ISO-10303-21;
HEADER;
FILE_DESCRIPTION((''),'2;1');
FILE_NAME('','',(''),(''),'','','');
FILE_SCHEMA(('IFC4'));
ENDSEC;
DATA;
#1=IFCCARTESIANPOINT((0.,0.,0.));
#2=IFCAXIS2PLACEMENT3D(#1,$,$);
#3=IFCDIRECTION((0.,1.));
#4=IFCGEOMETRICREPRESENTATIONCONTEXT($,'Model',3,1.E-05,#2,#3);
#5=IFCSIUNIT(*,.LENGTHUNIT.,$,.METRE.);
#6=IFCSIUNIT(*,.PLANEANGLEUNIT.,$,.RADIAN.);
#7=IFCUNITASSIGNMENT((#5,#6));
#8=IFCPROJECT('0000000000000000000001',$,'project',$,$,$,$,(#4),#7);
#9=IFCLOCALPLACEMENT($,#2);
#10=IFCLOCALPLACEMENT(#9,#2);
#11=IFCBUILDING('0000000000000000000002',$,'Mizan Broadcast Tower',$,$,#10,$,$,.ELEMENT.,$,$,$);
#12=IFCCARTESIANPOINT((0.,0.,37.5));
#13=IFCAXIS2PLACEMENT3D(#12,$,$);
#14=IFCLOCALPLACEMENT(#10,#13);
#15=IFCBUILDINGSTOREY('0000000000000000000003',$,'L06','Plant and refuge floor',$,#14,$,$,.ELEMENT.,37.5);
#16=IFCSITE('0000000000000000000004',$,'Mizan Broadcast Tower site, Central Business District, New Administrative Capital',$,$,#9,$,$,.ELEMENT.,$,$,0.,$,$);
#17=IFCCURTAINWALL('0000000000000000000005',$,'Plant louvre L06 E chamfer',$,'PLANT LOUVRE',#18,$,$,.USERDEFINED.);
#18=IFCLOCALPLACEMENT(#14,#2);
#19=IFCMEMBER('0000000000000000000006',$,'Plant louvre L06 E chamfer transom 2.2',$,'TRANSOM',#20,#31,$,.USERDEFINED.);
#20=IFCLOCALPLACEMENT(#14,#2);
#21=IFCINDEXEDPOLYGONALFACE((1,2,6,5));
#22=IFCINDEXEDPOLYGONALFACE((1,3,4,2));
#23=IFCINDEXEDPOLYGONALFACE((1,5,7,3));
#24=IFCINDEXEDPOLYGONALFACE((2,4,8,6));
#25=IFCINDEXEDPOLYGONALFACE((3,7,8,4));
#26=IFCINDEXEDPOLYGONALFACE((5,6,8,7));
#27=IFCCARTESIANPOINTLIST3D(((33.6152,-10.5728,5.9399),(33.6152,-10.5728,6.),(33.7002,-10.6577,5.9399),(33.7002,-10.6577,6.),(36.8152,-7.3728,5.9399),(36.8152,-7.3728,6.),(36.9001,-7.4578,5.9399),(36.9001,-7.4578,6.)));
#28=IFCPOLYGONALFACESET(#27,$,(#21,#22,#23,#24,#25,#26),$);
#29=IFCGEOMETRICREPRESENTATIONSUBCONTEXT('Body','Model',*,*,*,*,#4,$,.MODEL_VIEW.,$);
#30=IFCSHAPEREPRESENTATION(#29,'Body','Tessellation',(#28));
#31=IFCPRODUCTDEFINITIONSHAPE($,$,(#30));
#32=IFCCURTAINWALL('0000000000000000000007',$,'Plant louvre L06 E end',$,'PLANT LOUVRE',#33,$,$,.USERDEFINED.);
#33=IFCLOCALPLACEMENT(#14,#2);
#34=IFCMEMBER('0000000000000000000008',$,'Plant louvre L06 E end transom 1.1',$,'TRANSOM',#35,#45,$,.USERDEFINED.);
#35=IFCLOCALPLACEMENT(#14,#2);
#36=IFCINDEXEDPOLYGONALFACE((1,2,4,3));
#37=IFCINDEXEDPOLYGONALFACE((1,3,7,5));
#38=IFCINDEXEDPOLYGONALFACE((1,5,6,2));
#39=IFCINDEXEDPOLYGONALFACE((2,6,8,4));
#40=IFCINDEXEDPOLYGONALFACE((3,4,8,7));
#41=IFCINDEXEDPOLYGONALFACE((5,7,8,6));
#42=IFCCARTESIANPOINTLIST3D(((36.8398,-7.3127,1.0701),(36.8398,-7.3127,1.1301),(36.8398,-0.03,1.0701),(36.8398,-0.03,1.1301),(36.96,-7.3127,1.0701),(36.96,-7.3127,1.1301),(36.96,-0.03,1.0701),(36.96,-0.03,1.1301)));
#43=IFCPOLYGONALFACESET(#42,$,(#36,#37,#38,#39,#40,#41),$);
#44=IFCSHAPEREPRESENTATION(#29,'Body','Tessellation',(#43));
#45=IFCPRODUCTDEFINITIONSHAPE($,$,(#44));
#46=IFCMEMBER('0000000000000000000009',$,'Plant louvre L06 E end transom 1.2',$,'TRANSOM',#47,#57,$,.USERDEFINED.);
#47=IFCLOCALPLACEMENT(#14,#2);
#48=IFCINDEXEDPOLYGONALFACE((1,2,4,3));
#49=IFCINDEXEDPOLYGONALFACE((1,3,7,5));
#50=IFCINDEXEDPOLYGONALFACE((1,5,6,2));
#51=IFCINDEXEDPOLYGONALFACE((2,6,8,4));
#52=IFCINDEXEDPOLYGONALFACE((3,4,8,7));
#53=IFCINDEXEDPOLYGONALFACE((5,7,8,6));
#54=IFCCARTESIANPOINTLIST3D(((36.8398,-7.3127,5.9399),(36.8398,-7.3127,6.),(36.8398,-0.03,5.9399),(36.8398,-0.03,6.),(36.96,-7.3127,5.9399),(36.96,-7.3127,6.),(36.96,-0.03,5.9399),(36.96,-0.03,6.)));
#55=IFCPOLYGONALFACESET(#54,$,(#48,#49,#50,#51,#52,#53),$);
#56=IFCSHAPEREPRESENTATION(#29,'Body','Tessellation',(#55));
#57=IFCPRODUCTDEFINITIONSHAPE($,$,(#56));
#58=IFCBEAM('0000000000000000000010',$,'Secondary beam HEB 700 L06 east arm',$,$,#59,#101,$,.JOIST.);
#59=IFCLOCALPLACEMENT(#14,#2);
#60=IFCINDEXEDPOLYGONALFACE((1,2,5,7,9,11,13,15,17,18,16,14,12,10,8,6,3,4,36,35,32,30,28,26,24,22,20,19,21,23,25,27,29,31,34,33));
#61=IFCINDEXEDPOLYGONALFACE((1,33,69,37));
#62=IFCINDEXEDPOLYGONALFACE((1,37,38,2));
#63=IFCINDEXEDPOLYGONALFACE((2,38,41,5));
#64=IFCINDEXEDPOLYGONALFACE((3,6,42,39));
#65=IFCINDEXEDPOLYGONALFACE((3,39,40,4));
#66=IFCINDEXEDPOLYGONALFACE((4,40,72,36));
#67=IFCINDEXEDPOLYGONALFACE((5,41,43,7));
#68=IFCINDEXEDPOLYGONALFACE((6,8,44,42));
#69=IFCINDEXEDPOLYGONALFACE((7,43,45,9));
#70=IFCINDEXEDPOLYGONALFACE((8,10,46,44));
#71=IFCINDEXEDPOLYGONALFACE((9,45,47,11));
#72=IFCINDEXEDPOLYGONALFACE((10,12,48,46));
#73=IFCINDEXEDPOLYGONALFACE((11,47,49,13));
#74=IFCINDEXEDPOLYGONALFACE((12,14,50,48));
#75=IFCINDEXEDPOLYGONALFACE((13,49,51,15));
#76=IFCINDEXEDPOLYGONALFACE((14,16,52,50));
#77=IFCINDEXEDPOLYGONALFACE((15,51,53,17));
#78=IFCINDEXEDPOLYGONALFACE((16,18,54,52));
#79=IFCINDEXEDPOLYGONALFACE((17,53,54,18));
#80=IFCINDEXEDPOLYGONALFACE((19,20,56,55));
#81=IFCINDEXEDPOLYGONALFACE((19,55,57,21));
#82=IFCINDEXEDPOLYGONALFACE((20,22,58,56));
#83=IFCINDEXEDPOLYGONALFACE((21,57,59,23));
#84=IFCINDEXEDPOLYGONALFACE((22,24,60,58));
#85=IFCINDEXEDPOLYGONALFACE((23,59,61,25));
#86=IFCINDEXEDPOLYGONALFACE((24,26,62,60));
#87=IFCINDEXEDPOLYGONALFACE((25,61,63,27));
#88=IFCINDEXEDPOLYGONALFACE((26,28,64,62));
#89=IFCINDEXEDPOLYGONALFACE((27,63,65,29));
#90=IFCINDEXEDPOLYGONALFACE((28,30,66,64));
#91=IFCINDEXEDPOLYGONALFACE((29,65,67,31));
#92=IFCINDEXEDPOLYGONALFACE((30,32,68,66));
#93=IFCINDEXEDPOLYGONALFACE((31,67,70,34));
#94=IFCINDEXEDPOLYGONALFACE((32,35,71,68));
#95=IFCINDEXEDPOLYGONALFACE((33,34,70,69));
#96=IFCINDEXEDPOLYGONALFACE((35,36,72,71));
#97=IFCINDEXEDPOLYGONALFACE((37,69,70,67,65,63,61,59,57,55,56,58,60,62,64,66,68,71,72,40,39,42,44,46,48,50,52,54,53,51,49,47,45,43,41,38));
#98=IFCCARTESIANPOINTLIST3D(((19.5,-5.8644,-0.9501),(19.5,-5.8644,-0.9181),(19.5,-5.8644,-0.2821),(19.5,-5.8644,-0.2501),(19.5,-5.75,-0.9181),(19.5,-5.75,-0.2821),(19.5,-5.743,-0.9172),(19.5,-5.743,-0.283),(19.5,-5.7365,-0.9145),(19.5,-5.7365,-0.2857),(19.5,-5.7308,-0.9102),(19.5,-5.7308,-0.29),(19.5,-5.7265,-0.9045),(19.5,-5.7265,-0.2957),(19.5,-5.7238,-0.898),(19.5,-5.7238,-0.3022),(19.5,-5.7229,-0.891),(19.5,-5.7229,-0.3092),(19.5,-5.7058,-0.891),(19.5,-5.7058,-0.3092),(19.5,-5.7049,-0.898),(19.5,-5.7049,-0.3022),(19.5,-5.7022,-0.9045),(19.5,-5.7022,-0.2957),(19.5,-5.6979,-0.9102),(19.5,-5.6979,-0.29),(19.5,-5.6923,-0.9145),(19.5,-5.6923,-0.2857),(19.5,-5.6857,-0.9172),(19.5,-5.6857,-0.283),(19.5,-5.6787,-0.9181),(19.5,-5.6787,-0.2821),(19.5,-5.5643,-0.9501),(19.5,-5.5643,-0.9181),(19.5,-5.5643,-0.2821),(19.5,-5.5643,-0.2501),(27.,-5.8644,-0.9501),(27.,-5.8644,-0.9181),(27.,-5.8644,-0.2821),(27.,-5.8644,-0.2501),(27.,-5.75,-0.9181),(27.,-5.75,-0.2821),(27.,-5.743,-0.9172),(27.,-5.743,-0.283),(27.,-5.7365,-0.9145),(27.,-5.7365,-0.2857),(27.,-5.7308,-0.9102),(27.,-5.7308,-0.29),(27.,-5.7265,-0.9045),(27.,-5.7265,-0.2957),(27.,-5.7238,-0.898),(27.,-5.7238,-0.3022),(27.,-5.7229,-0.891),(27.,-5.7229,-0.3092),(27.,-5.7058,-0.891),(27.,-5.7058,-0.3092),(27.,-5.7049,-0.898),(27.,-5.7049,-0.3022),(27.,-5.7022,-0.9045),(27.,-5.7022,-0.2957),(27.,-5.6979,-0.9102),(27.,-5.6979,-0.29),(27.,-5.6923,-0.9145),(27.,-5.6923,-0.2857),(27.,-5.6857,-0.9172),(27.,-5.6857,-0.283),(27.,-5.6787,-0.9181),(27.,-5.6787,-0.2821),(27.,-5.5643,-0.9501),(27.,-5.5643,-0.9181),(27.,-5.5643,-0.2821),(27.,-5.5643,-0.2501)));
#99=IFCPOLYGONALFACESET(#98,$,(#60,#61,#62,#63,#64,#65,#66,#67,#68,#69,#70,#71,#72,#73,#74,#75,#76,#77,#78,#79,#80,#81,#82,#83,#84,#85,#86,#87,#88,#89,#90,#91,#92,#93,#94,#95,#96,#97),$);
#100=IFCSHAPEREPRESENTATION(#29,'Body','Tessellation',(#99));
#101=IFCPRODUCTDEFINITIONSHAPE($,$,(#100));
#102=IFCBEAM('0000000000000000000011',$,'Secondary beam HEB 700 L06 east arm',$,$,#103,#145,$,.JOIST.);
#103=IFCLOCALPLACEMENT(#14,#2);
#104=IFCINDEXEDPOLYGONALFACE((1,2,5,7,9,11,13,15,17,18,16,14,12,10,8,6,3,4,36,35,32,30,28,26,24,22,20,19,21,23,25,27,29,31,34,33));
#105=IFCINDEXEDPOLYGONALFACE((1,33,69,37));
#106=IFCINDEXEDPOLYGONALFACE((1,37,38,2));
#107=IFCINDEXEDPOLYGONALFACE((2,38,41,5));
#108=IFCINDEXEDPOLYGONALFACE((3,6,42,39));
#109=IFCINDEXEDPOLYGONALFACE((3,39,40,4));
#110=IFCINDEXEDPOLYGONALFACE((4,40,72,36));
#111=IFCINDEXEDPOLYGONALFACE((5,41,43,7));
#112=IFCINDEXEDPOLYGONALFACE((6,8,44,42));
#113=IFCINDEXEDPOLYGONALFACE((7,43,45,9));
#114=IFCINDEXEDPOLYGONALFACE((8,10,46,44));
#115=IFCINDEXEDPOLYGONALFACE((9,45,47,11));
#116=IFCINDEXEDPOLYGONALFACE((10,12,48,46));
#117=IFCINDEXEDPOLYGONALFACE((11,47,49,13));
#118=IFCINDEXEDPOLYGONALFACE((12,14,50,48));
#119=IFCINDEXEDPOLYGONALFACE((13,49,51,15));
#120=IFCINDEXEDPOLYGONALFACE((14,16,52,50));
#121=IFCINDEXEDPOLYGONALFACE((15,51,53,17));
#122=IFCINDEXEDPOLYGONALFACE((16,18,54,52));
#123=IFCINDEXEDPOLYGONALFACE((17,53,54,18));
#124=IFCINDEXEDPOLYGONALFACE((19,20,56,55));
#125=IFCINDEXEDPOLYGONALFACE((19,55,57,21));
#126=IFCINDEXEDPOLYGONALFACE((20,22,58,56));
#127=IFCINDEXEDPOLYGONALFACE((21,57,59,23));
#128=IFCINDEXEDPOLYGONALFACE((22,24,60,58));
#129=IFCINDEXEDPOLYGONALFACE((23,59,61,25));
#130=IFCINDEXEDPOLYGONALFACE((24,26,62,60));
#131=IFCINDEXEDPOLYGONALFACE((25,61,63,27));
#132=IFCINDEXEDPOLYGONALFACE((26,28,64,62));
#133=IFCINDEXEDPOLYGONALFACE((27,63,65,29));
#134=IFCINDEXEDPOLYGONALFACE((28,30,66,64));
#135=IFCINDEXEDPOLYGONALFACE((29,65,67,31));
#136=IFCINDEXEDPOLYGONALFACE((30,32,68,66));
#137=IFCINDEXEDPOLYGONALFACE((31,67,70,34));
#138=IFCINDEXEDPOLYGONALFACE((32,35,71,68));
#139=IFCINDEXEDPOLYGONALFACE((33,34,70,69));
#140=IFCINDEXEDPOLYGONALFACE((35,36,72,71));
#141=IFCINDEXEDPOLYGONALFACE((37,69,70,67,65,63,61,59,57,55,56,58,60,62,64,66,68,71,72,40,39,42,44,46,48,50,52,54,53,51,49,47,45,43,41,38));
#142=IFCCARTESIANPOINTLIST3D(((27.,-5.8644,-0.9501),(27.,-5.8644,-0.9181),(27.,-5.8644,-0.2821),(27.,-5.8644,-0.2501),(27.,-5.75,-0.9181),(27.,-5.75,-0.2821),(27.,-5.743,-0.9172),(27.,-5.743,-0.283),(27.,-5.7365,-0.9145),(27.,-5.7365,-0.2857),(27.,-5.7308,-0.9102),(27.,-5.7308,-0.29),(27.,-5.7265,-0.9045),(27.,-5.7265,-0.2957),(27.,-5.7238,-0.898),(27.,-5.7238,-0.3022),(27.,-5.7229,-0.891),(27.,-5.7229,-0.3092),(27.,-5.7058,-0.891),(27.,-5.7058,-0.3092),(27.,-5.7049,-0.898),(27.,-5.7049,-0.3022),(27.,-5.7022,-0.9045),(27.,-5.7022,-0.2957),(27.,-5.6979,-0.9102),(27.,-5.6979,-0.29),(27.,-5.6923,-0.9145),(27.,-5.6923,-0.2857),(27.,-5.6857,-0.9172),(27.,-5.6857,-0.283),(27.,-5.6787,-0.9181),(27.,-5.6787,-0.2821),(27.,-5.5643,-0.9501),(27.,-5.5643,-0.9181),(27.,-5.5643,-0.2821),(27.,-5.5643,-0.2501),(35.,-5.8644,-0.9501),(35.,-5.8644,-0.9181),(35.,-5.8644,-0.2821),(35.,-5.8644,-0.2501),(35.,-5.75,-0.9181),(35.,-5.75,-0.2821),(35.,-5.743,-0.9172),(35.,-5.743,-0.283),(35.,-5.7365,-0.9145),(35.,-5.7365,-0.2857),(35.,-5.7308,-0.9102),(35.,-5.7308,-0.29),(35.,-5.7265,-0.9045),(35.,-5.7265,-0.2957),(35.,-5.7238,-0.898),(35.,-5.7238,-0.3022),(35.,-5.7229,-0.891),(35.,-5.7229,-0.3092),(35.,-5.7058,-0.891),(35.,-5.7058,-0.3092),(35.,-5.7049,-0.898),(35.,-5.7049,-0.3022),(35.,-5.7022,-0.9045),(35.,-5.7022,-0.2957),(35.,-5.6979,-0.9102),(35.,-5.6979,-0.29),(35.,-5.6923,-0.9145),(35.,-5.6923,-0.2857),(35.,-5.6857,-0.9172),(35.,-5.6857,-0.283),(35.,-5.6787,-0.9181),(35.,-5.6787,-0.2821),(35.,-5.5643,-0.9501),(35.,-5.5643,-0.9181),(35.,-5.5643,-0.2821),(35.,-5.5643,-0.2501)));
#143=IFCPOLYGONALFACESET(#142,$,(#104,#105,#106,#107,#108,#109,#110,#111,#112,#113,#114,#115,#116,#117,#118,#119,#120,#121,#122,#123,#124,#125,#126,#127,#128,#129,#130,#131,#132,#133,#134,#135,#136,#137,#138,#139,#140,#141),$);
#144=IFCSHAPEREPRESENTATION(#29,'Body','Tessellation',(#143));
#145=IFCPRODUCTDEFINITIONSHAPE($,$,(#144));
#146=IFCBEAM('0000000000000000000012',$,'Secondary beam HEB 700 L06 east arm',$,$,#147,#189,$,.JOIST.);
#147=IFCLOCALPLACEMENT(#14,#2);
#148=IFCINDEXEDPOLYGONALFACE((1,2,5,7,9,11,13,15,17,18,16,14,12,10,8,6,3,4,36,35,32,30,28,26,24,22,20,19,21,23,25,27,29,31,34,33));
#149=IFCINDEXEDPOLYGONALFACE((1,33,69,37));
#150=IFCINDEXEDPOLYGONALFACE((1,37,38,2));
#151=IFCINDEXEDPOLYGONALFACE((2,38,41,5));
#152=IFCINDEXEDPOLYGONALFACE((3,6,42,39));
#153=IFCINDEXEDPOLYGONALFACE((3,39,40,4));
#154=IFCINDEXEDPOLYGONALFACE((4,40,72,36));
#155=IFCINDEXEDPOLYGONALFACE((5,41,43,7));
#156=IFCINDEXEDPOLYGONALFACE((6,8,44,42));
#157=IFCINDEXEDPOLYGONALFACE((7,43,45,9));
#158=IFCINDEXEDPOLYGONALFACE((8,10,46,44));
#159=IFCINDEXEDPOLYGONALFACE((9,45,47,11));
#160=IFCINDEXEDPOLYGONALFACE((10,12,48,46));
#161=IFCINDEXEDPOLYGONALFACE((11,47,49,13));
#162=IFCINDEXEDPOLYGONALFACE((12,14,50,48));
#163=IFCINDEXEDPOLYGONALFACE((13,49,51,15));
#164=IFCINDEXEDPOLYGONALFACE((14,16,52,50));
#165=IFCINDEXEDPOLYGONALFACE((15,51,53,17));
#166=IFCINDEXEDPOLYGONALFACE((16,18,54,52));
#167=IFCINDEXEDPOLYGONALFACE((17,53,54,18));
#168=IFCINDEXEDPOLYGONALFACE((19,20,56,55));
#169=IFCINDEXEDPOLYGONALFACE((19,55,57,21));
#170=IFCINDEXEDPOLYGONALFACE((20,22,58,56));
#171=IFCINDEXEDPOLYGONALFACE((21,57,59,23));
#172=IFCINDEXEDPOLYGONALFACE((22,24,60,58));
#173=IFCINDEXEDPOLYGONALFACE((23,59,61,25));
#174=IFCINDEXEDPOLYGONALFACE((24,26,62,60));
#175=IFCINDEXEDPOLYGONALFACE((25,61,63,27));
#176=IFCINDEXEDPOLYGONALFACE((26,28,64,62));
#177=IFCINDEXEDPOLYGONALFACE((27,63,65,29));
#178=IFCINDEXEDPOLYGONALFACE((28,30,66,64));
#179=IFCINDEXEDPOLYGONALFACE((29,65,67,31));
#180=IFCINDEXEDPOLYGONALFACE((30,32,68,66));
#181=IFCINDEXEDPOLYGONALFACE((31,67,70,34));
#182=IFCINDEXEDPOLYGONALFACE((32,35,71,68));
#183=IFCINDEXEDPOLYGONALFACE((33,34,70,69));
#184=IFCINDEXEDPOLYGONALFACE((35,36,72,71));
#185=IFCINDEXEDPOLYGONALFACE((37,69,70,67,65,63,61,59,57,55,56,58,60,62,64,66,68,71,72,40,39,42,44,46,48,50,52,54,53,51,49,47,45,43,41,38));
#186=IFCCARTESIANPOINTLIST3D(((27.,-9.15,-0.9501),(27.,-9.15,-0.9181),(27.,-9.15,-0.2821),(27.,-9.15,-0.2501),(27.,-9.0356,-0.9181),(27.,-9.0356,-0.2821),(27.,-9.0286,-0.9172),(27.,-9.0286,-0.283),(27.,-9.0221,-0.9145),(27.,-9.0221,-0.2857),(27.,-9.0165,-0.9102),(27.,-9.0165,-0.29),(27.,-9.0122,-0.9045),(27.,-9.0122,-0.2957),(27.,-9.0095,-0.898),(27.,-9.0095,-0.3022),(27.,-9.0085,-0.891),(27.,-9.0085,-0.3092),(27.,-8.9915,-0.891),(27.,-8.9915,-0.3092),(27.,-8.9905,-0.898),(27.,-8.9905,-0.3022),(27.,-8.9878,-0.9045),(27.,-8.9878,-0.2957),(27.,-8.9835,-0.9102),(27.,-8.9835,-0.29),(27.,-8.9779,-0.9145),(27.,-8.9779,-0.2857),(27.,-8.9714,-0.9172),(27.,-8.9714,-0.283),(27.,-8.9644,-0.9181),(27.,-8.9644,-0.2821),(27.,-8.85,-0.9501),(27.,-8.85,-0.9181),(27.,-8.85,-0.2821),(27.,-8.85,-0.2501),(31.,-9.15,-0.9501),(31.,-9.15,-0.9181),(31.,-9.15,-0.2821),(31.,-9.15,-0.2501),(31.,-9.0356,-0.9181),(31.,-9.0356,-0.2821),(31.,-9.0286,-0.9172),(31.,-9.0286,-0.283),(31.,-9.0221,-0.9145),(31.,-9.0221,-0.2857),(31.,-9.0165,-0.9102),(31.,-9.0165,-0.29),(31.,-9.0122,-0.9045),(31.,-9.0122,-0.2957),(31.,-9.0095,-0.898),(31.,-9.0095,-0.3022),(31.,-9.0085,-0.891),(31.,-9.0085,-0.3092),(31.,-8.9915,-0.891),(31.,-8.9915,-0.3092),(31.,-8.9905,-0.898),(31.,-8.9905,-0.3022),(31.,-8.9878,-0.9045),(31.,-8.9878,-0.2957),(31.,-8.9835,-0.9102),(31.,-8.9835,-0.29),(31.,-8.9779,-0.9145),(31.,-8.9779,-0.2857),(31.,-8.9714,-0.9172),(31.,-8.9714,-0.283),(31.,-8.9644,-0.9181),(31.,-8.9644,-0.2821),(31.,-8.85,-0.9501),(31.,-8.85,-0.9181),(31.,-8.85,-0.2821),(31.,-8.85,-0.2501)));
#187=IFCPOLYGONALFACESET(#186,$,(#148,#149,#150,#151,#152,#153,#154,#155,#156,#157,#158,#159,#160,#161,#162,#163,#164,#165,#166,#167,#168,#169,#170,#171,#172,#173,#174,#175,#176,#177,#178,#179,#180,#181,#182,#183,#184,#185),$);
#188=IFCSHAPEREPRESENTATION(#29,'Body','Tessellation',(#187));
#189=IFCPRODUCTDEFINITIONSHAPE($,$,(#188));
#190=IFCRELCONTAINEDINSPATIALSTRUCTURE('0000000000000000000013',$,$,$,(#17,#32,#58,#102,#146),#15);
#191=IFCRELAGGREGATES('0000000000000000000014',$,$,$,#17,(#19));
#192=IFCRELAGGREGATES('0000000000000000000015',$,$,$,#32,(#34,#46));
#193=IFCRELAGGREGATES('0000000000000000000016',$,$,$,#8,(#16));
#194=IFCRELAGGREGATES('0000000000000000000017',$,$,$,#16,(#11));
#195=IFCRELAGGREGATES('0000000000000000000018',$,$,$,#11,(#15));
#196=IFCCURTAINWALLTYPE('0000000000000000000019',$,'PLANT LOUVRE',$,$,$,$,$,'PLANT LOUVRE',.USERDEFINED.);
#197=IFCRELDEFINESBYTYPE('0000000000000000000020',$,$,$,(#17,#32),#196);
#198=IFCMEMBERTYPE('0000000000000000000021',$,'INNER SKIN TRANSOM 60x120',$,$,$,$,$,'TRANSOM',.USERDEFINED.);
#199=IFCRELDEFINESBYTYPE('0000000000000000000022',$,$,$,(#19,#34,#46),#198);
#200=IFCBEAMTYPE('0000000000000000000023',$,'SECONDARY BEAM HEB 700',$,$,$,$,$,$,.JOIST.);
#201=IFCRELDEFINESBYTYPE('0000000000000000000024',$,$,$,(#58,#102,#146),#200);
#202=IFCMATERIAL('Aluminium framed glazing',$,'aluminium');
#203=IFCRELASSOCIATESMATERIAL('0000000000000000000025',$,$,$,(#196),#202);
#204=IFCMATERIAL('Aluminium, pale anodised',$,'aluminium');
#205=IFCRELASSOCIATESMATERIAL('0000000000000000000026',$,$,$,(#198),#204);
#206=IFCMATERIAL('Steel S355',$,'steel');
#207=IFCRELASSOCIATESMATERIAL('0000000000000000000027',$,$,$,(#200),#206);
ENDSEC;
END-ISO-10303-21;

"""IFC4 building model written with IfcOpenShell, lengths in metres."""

from ifc_helpers import new_model, si_unit, direction, frame, origin, origin_2d, place, context, subcontext, project, spatial, rectangle, i_section, extrude, material, material_profile, profile_set, type_object, element, aggregate, save


model = new_model("IFC4")

# Units and contexts
model_context = context("Model", 3, precision=1e-05, world=origin(), true_north=direction((0.0, 1.0)))
body_context = subcontext(model_context, "Body", "Model", "MODEL_VIEW")
ifc_project = project(units=[si_unit("LENGTHUNIT", "METRE"), si_unit("PLANEANGLEUNIT", "RADIAN")], contexts=[model_context])

# Site, building, storey
site_placement = place(None, origin())
site = spatial("IfcSite", under=ifc_project, at=site_placement, Name="Mizan Broadcast Tower site, Central Business District, New Administrative Capital", CompositionType="ELEMENT", RefElevation=0.0)
building_placement = place(site_placement, origin())
building = spatial("IfcBuilding", under=site, at=building_placement, Name="Mizan Broadcast Tower", CompositionType="ELEMENT")
storey_placement = place(building_placement, frame((0.0, 0.0, 37.5)))
storey = spatial("IfcBuildingStorey", under=building, at=storey_placement, Name="L06", Description="Plant and refuge floor", CompositionType="ELEMENT", Elevation=37.5)

# Curtain walls, members
ifc_material_1 = material(Name="Aluminium framed glazing", Category="aluminium")
curtain_wall_type = type_object("IfcCurtainWallType", Name="PLANT LOUVRE", ElementType="PLANT LOUVRE", PredefinedType="USERDEFINED", material=ifc_material_1)
curtain_wall_1_placement = place(storey_placement, origin())
curtain_wall_1 = element("IfcCurtainWall", 1, at=curtain_wall_1_placement, inside=storey, type_object=curtain_wall_type, Name="Plant louvre L06 E chamfer", ObjectType="PLANT LOUVRE", PredefinedType="USERDEFINED")
ifc_material_2 = material(Name="Aluminium, pale anodised", Category="aluminium")
ifc_material_profile_1 = material_profile(ifc_material_2, rectangle(XDim=0.1201, YDim=0.0601, at=origin_2d()), Name="TRANSOM 120x60")
ifc_profile_set_1 = profile_set([ifc_material_profile_1], Name="Aluminium, pale anodised")
member_type_1 = type_object("IfcMemberType", Name="INNER SKIN TRANSOM 60x120", ElementType="TRANSOM", PredefinedType="USERDEFINED", material=ifc_profile_set_1)
member_1_placement = place(storey_placement, frame((33.6577, -10.6152, 5.97), z_axis=(0.707107, 0.707107, 0.0), x_axis=(-0.707107, 0.707107, 0.0)))
member_1 = element("IfcMember", 2, at=member_1_placement, type_object=member_type_1, Name="Plant louvre L06 E chamfer transom 2.2", ObjectType="TRANSOM", PredefinedType="USERDEFINED", context=body_context, shape_type="SweptSolid", body=[
    extrude(rectangle(XDim=0.1201, YDim=0.0601, at=origin_2d()), origin(), (0.0, 0.0, 1.0), 4.5254),
])
curtain_wall_2_placement = place(storey_placement, origin())
curtain_wall_2 = element("IfcCurtainWall", 3, at=curtain_wall_2_placement, inside=storey, type_object=curtain_wall_type, Name="Plant louvre L06 E end", ObjectType="PLANT LOUVRE", PredefinedType="USERDEFINED")
member_2_placement = place(storey_placement, frame((36.8999, -7.3127, 1.1001), z_axis=(0.0, 1.0, 0.0), x_axis=(-1.0, 0.0, 0.0)))
member_2 = element("IfcMember", 4, at=member_2_placement, type_object=member_type_1, Name="Plant louvre L06 E end transom 1.1", ObjectType="TRANSOM", PredefinedType="USERDEFINED", context=body_context, shape_type="SweptSolid", body=[
    extrude(rectangle(XDim=0.1201, YDim=0.0601, at=origin_2d()), origin(), (0.0, 0.0, 1.0), 7.2827),
])
member_3_placement = place(storey_placement, frame((36.8999, -7.3127, 5.97), z_axis=(0.0, 1.0, 0.0), x_axis=(-1.0, 0.0, 0.0)))
member_3 = element("IfcMember", 5, at=member_3_placement, type_object=member_type_1, Name="Plant louvre L06 E end transom 1.2", ObjectType="TRANSOM", PredefinedType="USERDEFINED", context=body_context, shape_type="SweptSolid", body=[
    extrude(rectangle(XDim=0.1201, YDim=0.0601, at=origin_2d()), origin(), (0.0, 0.0, 1.0), 7.2827),
])

# Beams
ifc_material_3 = material(Name="Steel S355", Category="steel")
ifc_material_profile_2 = material_profile(ifc_material_3, i_section(OverallWidth=0.3, OverallDepth=0.7, WebThickness=0.0171, FlangeThickness=0.032, FilletRadius=0.0271, at=origin_2d()), Name="HEB 700")
ifc_profile_set_2 = profile_set([ifc_material_profile_2], Name="Steel S355")
beam_type_1 = type_object("IfcBeamType", Name="SECONDARY BEAM HEB 700", PredefinedType="JOIST", material=ifc_profile_set_2)
beam_1_placement = place(storey_placement, frame((19.5, -5.7144, -0.6001), z_axis=(1.0, 0.0, 0.0), x_axis=(0.0, 1.0, 0.0)))
element("IfcBeam", 6, at=beam_1_placement, inside=storey, type_object=beam_type_1, Name="Secondary beam HEB 700 L06 east arm", PredefinedType="JOIST", context=body_context, shape_type="SweptSolid", body=[
    extrude(i_section(OverallWidth=0.3, OverallDepth=0.7, WebThickness=0.0171, FlangeThickness=0.032, FilletRadius=0.0271, at=origin_2d()), origin(), (0.0, 0.0, 1.0), 7.5),
])
beam_2_placement = place(storey_placement, frame((27.0, -5.7144, -0.6001), z_axis=(1.0, 0.0, 0.0), x_axis=(0.0, 1.0, 0.0)))
element("IfcBeam", 7, at=beam_2_placement, inside=storey, type_object=beam_type_1, Name="Secondary beam HEB 700 L06 east arm", PredefinedType="JOIST", context=body_context, shape_type="SweptSolid", body=[
    extrude(i_section(OverallWidth=0.3, OverallDepth=0.7, WebThickness=0.0171, FlangeThickness=0.032, FilletRadius=0.0271, at=origin_2d()), origin(), (0.0, 0.0, 1.0), 8.0),
])
beam_3_placement = place(storey_placement, frame((27.0, -9.0, -0.6001), z_axis=(1.0, 0.0, 0.0), x_axis=(0.0, 1.0, 0.0)))
element("IfcBeam", 8, at=beam_3_placement, inside=storey, type_object=beam_type_1, Name="Secondary beam HEB 700 L06 east arm", PredefinedType="JOIST", context=body_context, shape_type="SweptSolid", body=[
    extrude(i_section(OverallWidth=0.3, OverallDepth=0.7, WebThickness=0.0171, FlangeThickness=0.032, FilletRadius=0.0271, at=origin_2d()), origin(), (0.0, 0.0, 1.0), 4.0),
])

aggregate(curtain_wall_1, [member_1])
aggregate(curtain_wall_2, [member_2, member_3])

save(model, "model.ifc")
